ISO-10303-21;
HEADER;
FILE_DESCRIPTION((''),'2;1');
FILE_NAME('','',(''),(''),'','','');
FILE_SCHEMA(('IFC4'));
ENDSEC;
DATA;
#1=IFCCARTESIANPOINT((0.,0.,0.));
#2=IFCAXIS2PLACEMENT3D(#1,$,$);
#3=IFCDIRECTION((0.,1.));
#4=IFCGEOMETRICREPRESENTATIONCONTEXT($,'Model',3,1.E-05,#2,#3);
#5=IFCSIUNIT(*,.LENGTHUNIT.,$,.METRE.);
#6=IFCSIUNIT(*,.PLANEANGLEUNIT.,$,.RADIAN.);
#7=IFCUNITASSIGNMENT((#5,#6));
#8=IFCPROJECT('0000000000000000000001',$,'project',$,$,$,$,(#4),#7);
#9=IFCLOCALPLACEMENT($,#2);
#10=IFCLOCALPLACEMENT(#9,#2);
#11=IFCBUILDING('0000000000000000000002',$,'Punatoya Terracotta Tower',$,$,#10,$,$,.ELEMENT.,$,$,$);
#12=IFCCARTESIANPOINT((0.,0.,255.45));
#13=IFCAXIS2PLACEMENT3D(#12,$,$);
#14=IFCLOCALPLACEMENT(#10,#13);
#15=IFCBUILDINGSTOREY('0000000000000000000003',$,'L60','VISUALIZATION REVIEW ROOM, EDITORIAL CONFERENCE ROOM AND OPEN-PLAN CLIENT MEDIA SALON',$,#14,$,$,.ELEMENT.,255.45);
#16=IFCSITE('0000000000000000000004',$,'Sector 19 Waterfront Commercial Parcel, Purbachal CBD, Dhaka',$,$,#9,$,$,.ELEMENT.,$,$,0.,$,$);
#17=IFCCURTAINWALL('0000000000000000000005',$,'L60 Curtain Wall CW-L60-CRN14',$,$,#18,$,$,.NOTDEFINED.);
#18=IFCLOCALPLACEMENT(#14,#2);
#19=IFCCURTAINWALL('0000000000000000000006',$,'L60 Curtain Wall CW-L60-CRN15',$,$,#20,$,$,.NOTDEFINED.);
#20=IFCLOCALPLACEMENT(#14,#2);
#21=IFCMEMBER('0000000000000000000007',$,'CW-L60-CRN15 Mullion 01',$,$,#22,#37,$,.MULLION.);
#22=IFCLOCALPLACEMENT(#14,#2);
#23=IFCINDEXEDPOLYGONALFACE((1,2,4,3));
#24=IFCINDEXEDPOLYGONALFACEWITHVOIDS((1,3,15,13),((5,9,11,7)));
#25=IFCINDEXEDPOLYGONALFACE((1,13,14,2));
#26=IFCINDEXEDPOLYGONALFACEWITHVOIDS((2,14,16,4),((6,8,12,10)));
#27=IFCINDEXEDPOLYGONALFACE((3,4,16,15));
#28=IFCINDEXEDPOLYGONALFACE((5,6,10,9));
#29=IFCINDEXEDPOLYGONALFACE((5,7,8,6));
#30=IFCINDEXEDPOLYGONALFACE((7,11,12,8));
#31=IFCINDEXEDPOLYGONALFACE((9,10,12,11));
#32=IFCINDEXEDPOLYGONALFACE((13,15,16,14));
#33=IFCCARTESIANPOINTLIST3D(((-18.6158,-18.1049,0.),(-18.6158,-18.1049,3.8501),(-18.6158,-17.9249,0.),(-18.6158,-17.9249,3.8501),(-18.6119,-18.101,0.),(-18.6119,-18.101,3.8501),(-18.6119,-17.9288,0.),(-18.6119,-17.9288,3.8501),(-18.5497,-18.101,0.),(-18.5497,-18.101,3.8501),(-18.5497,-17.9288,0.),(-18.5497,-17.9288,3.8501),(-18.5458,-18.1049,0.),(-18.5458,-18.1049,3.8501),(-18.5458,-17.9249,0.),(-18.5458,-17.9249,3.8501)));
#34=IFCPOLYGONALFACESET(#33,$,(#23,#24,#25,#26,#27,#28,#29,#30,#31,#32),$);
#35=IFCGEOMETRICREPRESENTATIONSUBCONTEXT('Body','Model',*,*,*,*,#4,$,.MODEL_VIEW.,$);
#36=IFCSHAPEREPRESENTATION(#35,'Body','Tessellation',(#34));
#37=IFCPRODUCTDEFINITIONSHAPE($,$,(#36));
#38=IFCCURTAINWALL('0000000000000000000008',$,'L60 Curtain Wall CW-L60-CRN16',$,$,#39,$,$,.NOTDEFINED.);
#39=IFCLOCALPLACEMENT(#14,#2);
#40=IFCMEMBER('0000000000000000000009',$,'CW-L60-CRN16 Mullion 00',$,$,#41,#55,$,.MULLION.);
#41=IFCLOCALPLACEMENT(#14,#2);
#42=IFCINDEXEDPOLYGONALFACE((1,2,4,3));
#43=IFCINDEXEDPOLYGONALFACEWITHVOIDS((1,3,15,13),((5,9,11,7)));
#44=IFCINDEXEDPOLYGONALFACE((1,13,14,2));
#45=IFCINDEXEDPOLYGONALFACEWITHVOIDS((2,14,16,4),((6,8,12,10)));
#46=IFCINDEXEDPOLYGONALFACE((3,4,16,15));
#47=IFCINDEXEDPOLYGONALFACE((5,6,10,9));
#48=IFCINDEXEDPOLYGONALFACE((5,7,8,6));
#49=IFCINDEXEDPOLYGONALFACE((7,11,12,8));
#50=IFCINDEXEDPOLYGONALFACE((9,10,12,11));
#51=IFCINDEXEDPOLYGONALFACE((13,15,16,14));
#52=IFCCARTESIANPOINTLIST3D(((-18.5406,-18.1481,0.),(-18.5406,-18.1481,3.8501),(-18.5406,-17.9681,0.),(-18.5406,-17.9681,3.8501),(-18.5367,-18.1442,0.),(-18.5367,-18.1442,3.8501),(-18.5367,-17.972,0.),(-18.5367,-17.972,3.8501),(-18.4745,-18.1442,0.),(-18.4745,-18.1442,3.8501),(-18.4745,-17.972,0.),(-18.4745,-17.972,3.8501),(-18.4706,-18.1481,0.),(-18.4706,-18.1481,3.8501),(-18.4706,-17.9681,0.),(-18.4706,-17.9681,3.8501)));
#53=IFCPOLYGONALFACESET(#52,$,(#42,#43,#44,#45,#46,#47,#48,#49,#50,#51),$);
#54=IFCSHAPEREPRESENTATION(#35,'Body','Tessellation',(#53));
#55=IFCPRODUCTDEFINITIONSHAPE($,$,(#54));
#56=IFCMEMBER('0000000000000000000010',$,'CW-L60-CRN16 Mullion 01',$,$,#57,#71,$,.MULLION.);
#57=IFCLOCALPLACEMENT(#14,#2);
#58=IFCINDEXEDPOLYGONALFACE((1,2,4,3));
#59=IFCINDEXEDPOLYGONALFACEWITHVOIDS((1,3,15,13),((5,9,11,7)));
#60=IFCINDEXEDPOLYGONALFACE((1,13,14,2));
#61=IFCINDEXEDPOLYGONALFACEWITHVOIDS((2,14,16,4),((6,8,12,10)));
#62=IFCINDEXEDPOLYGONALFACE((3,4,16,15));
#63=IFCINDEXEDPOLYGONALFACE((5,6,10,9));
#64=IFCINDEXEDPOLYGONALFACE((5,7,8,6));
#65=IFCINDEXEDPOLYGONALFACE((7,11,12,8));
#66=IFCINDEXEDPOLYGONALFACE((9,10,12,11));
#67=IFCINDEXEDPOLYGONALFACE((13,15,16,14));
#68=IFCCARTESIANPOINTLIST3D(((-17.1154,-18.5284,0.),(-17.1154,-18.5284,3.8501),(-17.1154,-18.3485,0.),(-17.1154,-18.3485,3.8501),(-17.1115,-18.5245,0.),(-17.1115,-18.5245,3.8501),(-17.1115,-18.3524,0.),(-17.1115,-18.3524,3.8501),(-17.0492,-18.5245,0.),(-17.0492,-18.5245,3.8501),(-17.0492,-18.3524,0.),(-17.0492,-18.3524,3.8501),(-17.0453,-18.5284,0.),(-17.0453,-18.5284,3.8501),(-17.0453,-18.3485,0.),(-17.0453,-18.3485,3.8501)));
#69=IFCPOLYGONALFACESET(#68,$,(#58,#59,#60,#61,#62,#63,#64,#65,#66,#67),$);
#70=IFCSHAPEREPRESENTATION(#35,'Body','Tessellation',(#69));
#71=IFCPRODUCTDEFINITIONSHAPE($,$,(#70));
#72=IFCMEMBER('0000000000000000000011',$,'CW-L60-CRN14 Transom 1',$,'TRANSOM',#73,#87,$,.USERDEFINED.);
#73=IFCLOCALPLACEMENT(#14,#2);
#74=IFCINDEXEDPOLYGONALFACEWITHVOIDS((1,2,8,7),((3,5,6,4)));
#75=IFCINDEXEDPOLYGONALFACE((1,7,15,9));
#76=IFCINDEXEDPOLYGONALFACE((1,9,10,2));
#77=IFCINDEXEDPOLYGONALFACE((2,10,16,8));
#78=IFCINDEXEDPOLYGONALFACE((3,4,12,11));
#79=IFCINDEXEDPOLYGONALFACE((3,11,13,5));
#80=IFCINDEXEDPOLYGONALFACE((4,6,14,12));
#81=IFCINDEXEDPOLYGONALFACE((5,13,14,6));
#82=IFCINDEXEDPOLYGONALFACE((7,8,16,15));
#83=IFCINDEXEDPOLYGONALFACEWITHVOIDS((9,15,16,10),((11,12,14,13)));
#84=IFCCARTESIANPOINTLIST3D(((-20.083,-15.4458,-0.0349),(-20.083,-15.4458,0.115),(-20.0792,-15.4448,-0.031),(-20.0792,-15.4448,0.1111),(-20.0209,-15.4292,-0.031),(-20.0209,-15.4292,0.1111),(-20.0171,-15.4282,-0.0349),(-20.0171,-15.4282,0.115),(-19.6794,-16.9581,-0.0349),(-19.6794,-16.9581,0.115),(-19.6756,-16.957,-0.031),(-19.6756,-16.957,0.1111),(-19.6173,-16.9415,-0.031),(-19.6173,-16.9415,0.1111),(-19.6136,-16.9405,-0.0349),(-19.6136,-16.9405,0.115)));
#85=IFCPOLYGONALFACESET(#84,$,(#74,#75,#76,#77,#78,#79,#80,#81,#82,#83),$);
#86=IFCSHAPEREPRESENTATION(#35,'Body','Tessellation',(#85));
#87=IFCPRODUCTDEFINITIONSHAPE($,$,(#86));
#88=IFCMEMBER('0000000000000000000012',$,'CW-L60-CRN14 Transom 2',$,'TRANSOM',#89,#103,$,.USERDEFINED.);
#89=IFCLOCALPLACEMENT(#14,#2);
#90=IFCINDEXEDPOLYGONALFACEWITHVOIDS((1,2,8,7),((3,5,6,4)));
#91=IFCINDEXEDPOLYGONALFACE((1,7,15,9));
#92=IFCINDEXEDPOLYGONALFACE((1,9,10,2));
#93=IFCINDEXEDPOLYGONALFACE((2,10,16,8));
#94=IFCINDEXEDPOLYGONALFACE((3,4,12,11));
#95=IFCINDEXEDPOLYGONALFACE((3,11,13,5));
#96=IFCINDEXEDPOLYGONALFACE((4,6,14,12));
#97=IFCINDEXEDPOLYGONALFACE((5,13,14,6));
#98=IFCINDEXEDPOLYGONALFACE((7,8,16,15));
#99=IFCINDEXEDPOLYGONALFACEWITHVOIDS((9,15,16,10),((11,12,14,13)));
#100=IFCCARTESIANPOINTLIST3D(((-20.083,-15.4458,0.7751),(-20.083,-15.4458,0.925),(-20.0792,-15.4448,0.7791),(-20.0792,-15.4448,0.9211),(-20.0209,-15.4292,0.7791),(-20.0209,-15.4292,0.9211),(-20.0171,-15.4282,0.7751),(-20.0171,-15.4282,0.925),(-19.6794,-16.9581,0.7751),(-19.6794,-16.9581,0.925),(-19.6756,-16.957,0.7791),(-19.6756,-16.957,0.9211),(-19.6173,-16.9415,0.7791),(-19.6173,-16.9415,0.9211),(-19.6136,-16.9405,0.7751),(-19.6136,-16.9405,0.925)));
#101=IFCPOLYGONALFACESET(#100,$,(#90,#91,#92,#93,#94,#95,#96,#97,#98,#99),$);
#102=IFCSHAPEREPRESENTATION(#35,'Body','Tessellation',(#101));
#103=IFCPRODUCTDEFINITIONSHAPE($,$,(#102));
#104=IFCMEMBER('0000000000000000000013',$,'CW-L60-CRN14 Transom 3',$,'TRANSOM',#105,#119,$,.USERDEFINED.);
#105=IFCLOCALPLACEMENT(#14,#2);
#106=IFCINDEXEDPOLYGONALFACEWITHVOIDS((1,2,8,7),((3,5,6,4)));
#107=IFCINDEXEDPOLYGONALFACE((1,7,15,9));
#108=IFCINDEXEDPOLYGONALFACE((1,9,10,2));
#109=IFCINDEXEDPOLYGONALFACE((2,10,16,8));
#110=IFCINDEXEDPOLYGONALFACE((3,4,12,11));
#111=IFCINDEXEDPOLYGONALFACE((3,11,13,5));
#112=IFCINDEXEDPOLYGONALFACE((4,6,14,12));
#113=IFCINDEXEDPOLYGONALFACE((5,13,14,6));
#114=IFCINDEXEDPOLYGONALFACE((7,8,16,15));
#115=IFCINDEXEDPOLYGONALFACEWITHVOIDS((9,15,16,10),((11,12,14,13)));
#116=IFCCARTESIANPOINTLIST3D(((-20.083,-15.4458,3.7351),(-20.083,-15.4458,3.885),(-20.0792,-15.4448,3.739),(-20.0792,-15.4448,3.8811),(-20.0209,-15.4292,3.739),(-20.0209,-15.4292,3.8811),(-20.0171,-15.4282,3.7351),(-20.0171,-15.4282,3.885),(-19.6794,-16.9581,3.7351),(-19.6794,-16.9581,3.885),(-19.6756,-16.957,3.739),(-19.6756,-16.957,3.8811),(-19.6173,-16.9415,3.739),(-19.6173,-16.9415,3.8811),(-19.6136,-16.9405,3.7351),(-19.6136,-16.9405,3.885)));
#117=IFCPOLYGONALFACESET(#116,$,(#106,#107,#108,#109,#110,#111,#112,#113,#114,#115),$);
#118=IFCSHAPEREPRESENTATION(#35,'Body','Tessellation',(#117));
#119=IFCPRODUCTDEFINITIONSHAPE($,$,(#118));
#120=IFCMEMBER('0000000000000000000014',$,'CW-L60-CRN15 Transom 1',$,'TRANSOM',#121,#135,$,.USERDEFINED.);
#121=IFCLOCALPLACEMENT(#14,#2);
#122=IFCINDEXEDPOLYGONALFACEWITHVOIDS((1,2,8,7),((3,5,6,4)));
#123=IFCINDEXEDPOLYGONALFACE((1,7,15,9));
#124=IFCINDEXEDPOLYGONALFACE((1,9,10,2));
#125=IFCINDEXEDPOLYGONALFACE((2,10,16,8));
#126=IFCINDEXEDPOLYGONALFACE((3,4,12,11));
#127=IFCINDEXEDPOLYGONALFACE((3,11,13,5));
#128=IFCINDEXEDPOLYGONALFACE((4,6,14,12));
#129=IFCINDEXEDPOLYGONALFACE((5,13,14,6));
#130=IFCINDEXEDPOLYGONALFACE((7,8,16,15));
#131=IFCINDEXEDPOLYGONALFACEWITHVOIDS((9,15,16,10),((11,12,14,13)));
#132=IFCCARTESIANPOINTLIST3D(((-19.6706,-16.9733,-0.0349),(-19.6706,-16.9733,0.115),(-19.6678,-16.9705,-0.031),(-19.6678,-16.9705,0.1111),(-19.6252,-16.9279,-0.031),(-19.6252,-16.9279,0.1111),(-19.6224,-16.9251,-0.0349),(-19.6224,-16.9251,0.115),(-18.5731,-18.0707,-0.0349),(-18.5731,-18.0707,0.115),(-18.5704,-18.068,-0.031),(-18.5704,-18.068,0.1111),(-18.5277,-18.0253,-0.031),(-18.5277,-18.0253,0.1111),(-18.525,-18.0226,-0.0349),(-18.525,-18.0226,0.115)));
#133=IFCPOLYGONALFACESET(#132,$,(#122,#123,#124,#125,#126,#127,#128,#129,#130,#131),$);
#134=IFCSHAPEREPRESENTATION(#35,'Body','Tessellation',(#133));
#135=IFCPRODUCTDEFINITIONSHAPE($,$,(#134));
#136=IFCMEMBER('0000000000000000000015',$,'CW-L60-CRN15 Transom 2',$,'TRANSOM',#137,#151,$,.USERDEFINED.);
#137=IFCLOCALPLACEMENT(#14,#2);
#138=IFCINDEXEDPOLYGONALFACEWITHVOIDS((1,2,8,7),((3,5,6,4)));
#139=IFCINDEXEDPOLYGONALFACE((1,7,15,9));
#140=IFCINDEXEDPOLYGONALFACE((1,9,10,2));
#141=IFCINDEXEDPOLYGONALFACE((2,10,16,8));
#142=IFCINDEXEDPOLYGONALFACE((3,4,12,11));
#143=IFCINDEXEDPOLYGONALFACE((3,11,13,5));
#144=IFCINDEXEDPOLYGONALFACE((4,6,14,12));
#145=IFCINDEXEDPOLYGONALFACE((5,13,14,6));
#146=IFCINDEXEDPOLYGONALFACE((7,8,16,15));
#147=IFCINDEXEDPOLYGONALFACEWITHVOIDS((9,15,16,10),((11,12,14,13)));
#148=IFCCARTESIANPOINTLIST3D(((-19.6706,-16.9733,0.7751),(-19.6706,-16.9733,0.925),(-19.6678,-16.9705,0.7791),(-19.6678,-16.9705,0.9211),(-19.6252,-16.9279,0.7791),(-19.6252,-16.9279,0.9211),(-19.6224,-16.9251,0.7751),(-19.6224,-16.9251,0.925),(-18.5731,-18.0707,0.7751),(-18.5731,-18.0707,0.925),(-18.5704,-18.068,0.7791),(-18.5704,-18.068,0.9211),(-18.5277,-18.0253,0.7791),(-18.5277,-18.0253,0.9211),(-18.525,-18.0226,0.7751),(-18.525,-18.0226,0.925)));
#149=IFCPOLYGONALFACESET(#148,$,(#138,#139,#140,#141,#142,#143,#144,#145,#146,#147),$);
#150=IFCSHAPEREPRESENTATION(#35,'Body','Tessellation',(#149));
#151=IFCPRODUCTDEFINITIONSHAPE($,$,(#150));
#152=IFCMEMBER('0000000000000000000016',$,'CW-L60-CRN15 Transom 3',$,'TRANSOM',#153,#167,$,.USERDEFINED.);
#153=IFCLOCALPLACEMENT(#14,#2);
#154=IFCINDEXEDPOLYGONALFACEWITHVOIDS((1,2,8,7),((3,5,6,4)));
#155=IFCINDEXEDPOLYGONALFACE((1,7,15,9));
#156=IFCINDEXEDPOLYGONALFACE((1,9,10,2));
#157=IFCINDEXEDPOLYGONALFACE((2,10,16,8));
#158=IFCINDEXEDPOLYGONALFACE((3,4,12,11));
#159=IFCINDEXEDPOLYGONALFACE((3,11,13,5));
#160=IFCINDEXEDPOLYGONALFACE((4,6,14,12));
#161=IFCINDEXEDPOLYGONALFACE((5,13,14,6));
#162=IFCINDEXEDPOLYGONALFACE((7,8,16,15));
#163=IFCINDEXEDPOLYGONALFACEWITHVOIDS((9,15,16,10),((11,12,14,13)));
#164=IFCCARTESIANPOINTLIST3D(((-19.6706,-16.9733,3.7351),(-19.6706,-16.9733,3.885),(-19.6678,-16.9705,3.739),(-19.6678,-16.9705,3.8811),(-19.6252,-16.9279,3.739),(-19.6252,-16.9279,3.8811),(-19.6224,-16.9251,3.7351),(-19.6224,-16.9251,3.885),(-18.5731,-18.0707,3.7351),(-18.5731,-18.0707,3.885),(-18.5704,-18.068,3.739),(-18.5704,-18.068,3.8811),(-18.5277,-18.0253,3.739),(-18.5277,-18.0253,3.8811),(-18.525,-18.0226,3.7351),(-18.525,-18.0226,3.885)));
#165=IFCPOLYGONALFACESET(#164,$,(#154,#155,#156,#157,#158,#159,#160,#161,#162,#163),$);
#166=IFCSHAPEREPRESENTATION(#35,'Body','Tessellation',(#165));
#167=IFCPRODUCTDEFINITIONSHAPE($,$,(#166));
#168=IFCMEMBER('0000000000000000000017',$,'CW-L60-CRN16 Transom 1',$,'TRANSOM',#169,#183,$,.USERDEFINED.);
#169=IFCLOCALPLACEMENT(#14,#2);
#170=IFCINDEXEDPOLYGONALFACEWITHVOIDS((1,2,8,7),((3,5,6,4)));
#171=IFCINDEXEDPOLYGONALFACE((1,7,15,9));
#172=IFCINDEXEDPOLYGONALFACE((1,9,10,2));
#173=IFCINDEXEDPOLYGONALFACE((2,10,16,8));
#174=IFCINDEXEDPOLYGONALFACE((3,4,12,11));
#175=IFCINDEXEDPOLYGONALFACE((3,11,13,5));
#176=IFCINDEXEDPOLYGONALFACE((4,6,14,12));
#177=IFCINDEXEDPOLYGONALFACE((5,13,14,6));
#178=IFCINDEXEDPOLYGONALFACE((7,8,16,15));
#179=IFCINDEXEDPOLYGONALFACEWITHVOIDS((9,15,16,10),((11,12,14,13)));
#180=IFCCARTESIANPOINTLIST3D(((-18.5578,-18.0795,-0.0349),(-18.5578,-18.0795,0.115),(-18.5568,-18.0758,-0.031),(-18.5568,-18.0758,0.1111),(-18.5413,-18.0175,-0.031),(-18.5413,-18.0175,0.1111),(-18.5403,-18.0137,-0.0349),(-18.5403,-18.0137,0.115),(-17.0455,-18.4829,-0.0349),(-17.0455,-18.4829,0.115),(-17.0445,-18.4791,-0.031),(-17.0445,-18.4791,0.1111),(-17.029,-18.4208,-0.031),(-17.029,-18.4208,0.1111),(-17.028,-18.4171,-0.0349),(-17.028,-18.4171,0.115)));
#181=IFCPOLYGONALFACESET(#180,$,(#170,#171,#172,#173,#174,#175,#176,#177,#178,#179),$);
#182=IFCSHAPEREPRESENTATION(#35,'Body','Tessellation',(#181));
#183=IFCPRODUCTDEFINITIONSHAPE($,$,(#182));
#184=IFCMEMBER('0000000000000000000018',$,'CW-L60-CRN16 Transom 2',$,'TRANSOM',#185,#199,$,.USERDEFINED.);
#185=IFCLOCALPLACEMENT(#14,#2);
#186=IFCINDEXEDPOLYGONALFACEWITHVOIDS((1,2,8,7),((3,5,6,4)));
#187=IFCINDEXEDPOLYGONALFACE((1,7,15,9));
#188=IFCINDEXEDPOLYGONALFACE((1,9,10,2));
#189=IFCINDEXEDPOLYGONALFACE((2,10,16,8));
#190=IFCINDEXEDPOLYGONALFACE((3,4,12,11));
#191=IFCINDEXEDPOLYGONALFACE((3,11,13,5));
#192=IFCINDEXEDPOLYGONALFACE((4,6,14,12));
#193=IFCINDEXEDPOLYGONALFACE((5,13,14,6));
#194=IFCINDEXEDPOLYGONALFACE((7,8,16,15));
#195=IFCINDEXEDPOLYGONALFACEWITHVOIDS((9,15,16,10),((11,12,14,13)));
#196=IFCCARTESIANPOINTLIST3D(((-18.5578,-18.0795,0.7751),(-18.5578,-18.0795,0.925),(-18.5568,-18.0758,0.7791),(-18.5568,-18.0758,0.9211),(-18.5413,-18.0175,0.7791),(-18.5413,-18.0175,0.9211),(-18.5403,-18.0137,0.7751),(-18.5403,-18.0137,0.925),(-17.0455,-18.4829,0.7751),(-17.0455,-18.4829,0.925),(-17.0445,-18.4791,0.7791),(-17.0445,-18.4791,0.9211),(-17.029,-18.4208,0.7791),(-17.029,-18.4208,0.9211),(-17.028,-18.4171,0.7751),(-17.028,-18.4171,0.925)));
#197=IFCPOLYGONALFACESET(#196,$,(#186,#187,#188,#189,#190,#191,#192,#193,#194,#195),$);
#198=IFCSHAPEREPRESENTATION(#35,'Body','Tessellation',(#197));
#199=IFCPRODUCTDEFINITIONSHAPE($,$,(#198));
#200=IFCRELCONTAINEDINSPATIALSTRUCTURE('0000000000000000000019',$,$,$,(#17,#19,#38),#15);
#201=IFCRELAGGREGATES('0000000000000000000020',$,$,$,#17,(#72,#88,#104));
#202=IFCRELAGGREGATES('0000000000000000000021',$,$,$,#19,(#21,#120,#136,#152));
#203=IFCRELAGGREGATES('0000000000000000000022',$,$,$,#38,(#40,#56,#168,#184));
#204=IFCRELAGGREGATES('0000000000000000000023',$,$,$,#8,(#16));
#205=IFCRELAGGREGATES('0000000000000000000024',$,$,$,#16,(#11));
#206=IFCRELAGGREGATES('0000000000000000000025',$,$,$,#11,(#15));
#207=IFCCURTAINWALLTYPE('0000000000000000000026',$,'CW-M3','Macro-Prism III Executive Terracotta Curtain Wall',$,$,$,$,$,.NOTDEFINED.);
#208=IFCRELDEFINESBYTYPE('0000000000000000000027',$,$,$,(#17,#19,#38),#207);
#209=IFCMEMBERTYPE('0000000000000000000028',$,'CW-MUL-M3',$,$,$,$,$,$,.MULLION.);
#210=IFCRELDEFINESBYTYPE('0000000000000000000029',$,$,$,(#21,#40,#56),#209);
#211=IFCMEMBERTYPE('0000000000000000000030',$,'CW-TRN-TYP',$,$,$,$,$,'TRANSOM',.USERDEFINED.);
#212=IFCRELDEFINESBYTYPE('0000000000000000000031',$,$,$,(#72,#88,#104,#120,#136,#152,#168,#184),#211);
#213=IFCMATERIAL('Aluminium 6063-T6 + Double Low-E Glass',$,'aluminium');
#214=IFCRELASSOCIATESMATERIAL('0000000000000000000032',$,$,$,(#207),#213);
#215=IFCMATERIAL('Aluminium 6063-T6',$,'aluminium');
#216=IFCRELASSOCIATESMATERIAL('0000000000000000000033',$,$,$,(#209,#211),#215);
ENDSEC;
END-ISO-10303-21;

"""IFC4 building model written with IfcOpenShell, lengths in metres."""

from ifc_helpers import new_model, si_unit, direction, frame, origin, origin_2d, place, context, subcontext, project, spatial, hollow_rectangle, extrude, material, material_profile, profile_set, type_object, element, aggregate, save


model = new_model("IFC4")

# Units and contexts
model_context = context("Model", 3, precision=1e-05, world=origin(), true_north=direction((0.0, 1.0)))
body_context = subcontext(model_context, "Body", "Model", "MODEL_VIEW")
ifc_project = project(units=[si_unit("LENGTHUNIT", "METRE"), si_unit("PLANEANGLEUNIT", "RADIAN")], contexts=[model_context])

# Site, building, storey
site_placement = place(None, origin())
site = spatial("IfcSite", under=ifc_project, at=site_placement, Name="Sector 19 Waterfront Commercial Parcel, Purbachal CBD, Dhaka", CompositionType="ELEMENT", RefElevation=0.0)
building_placement = place(site_placement, origin())
building = spatial("IfcBuilding", under=site, at=building_placement, Name="Punatoya Terracotta Tower", CompositionType="ELEMENT")
storey_placement = place(building_placement, frame((0.0, 0.0, 255.45)))
storey = spatial("IfcBuildingStorey", under=building, at=storey_placement, Name="L60", Description="VISUALIZATION REVIEW ROOM, EDITORIAL CONFERENCE ROOM AND OPEN-PLAN CLIENT MEDIA SALON", CompositionType="ELEMENT", Elevation=255.45)

# Shared definitions
ifc_material_1 = material(Name="Aluminium 6063-T6 + Double Low-E Glass", Category="aluminium")
curtain_wall_type = type_object("IfcCurtainWallType", Name="CW-M3", Description="Macro-Prism III Executive Terracotta Curtain Wall", PredefinedType="NOTDEFINED", material=ifc_material_1)
ifc_material_2 = material(Name="Aluminium 6063-T6", Category="aluminium")
ifc_material_profile_1 = material_profile(ifc_material_2, hollow_rectangle(XDim=0.0701, YDim=0.1799, WallThickness=0.0039, at=origin_2d()))
ifc_profile_set_1 = profile_set([ifc_material_profile_1], Name="Aluminium 6063-T6")
member_type_1 = type_object("IfcMemberType", Name="CW-MUL-M3", PredefinedType="MULLION", material=ifc_profile_set_1)

# Curtain walls, members
curtain_wall_1_placement = place(storey_placement, origin())
curtain_wall_1 = element("IfcCurtainWall", 1, at=curtain_wall_1_placement, inside=storey, type_object=curtain_wall_type, Name="L60 Curtain Wall CW-L60-CRN14", PredefinedType="NOTDEFINED")
curtain_wall_2_placement = place(storey_placement, origin())
curtain_wall_2 = element("IfcCurtainWall", 2, at=curtain_wall_2_placement, inside=storey, type_object=curtain_wall_type, Name="L60 Curtain Wall CW-L60-CRN15", PredefinedType="NOTDEFINED")
member_1_placement = place(storey_placement, frame((-18.5808, -18.0149, 0.0), z_axis=(0.0, 0.0, 1.0), x_axis=(1.0, 0.0, 0.0)))
member_1 = element("IfcMember", 3, at=member_1_placement, type_object=member_type_1, Name="CW-L60-CRN15 Mullion 01", PredefinedType="MULLION", context=body_context, shape_type="SweptSolid", body=[
    extrude(hollow_rectangle(XDim=0.0701, YDim=0.1799, WallThickness=0.0039, at=origin_2d()), origin(), (0.0, 0.0, 1.0), 3.8501),
])
curtain_wall_3_placement = place(storey_placement, origin())
curtain_wall_3 = element("IfcCurtainWall", 4, at=curtain_wall_3_placement, inside=storey, type_object=curtain_wall_type, Name="L60 Curtain Wall CW-L60-CRN16", PredefinedType="NOTDEFINED")
member_2_placement = place(storey_placement, frame((-18.5056, -18.0581, 0.0), z_axis=(0.0, 0.0, 1.0), x_axis=(1.0, 0.0, 0.0)))
member_2 = element("IfcMember", 5, at=member_2_placement, type_object=member_type_1, Name="CW-L60-CRN16 Mullion 00", PredefinedType="MULLION", context=body_context, shape_type="SweptSolid", body=[
    extrude(hollow_rectangle(XDim=0.0701, YDim=0.1799, WallThickness=0.0039, at=origin_2d()), origin(), (0.0, 0.0, 1.0), 3.8501),
])
member_3_placement = place(storey_placement, frame((-17.0803, -18.4385, 0.0), z_axis=(0.0, 0.0, 1.0), x_axis=(1.0, 0.0, 0.0)))
member_3 = element("IfcMember", 6, at=member_3_placement, type_object=member_type_1, Name="CW-L60-CRN16 Mullion 01", PredefinedType="MULLION", context=body_context, shape_type="SweptSolid", body=[
    extrude(hollow_rectangle(XDim=0.0701, YDim=0.1799, WallThickness=0.0039, at=origin_2d()), origin(), (0.0, 0.0, 1.0), 3.8501),
])

# Members
ifc_material_profile_2 = material_profile(ifc_material_2, hollow_rectangle(XDim=0.0681, YDim=0.1499, WallThickness=0.0039, at=origin_2d()))
ifc_profile_set_2 = profile_set([ifc_material_profile_2], Name="Aluminium 6063-T6")
member_type_2 = type_object("IfcMemberType", Name="CW-TRN-TYP", ElementType="TRANSOM", PredefinedType="USERDEFINED", material=ifc_profile_set_2)
member_4_placement = place(storey_placement, frame((-20.05, -15.437, 0.04), z_axis=(0.257847, -0.966186, 0.0), x_axis=(0.966186, 0.257847, 0.0)))
member_4 = element("IfcMember", 7, at=member_4_placement, type_object=member_type_2, Name="CW-L60-CRN14 Transom 1", ObjectType="TRANSOM", PredefinedType="USERDEFINED", context=body_context, shape_type="SweptSolid", body=[
    extrude(hollow_rectangle(XDim=0.0681, YDim=0.1499, WallThickness=0.0039, at=origin_2d()), origin(), (0.0, 0.0, 1.0), 1.5652),
])
member_5_placement = place(storey_placement, frame((-20.05, -15.437, 0.8501), z_axis=(0.257847, -0.966186, 0.0), x_axis=(0.966186, 0.257847, 0.0)))
member_5 = element("IfcMember", 8, at=member_5_placement, type_object=member_type_2, Name="CW-L60-CRN14 Transom 2", ObjectType="TRANSOM", PredefinedType="USERDEFINED", context=body_context, shape_type="SweptSolid", body=[
    extrude(hollow_rectangle(XDim=0.0681, YDim=0.1499, WallThickness=0.0039, at=origin_2d()), origin(), (0.0, 0.0, 1.0), 1.5652),
])
member_6_placement = place(storey_placement, frame((-20.05, -15.437, 3.8101), z_axis=(0.257847, -0.966186, 0.0), x_axis=(0.966186, 0.257847, 0.0)))
member_6 = element("IfcMember", 9, at=member_6_placement, type_object=member_type_2, Name="CW-L60-CRN14 Transom 3", ObjectType="TRANSOM", PredefinedType="USERDEFINED", context=body_context, shape_type="SweptSolid", body=[
    extrude(hollow_rectangle(XDim=0.0681, YDim=0.1499, WallThickness=0.0039, at=origin_2d()), origin(), (0.0, 0.0, 1.0), 1.5652),
])
member_7_placement = place(storey_placement, frame((-19.6465, -16.9492, 0.04), z_axis=(0.707107, -0.707107, 0.0), x_axis=(0.707107, 0.707107, 0.0)))
member_7 = element("IfcMember", 10, at=member_7_placement, type_object=member_type_2, Name="CW-L60-CRN15 Transom 1", ObjectType="TRANSOM", PredefinedType="USERDEFINED", context=body_context, shape_type="SweptSolid", body=[
    extrude(hollow_rectangle(XDim=0.0681, YDim=0.1499, WallThickness=0.0039, at=origin_2d()), origin(), (0.0, 0.0, 1.0), 1.552),
])
member_8_placement = place(storey_placement, frame((-19.6465, -16.9492, 0.8501), z_axis=(0.707107, -0.707107, 0.0), x_axis=(0.707107, 0.707107, 0.0)))
member_8 = element("IfcMember", 11, at=member_8_placement, type_object=member_type_2, Name="CW-L60-CRN15 Transom 2", ObjectType="TRANSOM", PredefinedType="USERDEFINED", context=body_context, shape_type="SweptSolid", body=[
    extrude(hollow_rectangle(XDim=0.0681, YDim=0.1499, WallThickness=0.0039, at=origin_2d()), origin(), (0.0, 0.0, 1.0), 1.552),
])
member_9_placement = place(storey_placement, frame((-19.6465, -16.9492, 3.8101), z_axis=(0.707107, -0.707107, 0.0), x_axis=(0.707107, 0.707107, 0.0)))
member_9 = element("IfcMember", 12, at=member_9_placement, type_object=member_type_2, Name="CW-L60-CRN15 Transom 3", ObjectType="TRANSOM", PredefinedType="USERDEFINED", context=body_context, shape_type="SweptSolid", body=[
    extrude(hollow_rectangle(XDim=0.0681, YDim=0.1499, WallThickness=0.0039, at=origin_2d()), origin(), (0.0, 0.0, 1.0), 1.552),
])
member_10_placement = place(storey_placement, frame((-18.5491, -18.0466, 0.04), z_axis=(0.966225, -0.257701, 0.0), x_axis=(0.257701, 0.966225, 0.0)))
member_10 = element("IfcMember", 13, at=member_10_placement, type_object=member_type_2, Name="CW-L60-CRN16 Transom 1", ObjectType="TRANSOM", PredefinedType="USERDEFINED", context=body_context, shape_type="SweptSolid", body=[
    extrude(hollow_rectangle(XDim=0.0681, YDim=0.1499, WallThickness=0.0039, at=origin_2d()), origin(), (0.0, 0.0, 1.0), 1.5652),
])
member_11_placement = place(storey_placement, frame((-18.5491, -18.0466, 0.8501), z_axis=(0.966225, -0.257701, 0.0), x_axis=(0.257701, 0.966225, 0.0)))
member_11 = element("IfcMember", 14, at=member_11_placement, type_object=member_type_2, Name="CW-L60-CRN16 Transom 2", ObjectType="TRANSOM", PredefinedType="USERDEFINED", context=body_context, shape_type="SweptSolid", body=[
    extrude(hollow_rectangle(XDim=0.0681, YDim=0.1499, WallThickness=0.0039, at=origin_2d()), origin(), (0.0, 0.0, 1.0), 1.5652),
])

aggregate(curtain_wall_1, [member_4, member_5, member_6])
aggregate(curtain_wall_2, [member_1, member_7, member_8, member_9])
aggregate(curtain_wall_3, [member_2, member_3, member_10, member_11])

save(model, "model.ifc")
